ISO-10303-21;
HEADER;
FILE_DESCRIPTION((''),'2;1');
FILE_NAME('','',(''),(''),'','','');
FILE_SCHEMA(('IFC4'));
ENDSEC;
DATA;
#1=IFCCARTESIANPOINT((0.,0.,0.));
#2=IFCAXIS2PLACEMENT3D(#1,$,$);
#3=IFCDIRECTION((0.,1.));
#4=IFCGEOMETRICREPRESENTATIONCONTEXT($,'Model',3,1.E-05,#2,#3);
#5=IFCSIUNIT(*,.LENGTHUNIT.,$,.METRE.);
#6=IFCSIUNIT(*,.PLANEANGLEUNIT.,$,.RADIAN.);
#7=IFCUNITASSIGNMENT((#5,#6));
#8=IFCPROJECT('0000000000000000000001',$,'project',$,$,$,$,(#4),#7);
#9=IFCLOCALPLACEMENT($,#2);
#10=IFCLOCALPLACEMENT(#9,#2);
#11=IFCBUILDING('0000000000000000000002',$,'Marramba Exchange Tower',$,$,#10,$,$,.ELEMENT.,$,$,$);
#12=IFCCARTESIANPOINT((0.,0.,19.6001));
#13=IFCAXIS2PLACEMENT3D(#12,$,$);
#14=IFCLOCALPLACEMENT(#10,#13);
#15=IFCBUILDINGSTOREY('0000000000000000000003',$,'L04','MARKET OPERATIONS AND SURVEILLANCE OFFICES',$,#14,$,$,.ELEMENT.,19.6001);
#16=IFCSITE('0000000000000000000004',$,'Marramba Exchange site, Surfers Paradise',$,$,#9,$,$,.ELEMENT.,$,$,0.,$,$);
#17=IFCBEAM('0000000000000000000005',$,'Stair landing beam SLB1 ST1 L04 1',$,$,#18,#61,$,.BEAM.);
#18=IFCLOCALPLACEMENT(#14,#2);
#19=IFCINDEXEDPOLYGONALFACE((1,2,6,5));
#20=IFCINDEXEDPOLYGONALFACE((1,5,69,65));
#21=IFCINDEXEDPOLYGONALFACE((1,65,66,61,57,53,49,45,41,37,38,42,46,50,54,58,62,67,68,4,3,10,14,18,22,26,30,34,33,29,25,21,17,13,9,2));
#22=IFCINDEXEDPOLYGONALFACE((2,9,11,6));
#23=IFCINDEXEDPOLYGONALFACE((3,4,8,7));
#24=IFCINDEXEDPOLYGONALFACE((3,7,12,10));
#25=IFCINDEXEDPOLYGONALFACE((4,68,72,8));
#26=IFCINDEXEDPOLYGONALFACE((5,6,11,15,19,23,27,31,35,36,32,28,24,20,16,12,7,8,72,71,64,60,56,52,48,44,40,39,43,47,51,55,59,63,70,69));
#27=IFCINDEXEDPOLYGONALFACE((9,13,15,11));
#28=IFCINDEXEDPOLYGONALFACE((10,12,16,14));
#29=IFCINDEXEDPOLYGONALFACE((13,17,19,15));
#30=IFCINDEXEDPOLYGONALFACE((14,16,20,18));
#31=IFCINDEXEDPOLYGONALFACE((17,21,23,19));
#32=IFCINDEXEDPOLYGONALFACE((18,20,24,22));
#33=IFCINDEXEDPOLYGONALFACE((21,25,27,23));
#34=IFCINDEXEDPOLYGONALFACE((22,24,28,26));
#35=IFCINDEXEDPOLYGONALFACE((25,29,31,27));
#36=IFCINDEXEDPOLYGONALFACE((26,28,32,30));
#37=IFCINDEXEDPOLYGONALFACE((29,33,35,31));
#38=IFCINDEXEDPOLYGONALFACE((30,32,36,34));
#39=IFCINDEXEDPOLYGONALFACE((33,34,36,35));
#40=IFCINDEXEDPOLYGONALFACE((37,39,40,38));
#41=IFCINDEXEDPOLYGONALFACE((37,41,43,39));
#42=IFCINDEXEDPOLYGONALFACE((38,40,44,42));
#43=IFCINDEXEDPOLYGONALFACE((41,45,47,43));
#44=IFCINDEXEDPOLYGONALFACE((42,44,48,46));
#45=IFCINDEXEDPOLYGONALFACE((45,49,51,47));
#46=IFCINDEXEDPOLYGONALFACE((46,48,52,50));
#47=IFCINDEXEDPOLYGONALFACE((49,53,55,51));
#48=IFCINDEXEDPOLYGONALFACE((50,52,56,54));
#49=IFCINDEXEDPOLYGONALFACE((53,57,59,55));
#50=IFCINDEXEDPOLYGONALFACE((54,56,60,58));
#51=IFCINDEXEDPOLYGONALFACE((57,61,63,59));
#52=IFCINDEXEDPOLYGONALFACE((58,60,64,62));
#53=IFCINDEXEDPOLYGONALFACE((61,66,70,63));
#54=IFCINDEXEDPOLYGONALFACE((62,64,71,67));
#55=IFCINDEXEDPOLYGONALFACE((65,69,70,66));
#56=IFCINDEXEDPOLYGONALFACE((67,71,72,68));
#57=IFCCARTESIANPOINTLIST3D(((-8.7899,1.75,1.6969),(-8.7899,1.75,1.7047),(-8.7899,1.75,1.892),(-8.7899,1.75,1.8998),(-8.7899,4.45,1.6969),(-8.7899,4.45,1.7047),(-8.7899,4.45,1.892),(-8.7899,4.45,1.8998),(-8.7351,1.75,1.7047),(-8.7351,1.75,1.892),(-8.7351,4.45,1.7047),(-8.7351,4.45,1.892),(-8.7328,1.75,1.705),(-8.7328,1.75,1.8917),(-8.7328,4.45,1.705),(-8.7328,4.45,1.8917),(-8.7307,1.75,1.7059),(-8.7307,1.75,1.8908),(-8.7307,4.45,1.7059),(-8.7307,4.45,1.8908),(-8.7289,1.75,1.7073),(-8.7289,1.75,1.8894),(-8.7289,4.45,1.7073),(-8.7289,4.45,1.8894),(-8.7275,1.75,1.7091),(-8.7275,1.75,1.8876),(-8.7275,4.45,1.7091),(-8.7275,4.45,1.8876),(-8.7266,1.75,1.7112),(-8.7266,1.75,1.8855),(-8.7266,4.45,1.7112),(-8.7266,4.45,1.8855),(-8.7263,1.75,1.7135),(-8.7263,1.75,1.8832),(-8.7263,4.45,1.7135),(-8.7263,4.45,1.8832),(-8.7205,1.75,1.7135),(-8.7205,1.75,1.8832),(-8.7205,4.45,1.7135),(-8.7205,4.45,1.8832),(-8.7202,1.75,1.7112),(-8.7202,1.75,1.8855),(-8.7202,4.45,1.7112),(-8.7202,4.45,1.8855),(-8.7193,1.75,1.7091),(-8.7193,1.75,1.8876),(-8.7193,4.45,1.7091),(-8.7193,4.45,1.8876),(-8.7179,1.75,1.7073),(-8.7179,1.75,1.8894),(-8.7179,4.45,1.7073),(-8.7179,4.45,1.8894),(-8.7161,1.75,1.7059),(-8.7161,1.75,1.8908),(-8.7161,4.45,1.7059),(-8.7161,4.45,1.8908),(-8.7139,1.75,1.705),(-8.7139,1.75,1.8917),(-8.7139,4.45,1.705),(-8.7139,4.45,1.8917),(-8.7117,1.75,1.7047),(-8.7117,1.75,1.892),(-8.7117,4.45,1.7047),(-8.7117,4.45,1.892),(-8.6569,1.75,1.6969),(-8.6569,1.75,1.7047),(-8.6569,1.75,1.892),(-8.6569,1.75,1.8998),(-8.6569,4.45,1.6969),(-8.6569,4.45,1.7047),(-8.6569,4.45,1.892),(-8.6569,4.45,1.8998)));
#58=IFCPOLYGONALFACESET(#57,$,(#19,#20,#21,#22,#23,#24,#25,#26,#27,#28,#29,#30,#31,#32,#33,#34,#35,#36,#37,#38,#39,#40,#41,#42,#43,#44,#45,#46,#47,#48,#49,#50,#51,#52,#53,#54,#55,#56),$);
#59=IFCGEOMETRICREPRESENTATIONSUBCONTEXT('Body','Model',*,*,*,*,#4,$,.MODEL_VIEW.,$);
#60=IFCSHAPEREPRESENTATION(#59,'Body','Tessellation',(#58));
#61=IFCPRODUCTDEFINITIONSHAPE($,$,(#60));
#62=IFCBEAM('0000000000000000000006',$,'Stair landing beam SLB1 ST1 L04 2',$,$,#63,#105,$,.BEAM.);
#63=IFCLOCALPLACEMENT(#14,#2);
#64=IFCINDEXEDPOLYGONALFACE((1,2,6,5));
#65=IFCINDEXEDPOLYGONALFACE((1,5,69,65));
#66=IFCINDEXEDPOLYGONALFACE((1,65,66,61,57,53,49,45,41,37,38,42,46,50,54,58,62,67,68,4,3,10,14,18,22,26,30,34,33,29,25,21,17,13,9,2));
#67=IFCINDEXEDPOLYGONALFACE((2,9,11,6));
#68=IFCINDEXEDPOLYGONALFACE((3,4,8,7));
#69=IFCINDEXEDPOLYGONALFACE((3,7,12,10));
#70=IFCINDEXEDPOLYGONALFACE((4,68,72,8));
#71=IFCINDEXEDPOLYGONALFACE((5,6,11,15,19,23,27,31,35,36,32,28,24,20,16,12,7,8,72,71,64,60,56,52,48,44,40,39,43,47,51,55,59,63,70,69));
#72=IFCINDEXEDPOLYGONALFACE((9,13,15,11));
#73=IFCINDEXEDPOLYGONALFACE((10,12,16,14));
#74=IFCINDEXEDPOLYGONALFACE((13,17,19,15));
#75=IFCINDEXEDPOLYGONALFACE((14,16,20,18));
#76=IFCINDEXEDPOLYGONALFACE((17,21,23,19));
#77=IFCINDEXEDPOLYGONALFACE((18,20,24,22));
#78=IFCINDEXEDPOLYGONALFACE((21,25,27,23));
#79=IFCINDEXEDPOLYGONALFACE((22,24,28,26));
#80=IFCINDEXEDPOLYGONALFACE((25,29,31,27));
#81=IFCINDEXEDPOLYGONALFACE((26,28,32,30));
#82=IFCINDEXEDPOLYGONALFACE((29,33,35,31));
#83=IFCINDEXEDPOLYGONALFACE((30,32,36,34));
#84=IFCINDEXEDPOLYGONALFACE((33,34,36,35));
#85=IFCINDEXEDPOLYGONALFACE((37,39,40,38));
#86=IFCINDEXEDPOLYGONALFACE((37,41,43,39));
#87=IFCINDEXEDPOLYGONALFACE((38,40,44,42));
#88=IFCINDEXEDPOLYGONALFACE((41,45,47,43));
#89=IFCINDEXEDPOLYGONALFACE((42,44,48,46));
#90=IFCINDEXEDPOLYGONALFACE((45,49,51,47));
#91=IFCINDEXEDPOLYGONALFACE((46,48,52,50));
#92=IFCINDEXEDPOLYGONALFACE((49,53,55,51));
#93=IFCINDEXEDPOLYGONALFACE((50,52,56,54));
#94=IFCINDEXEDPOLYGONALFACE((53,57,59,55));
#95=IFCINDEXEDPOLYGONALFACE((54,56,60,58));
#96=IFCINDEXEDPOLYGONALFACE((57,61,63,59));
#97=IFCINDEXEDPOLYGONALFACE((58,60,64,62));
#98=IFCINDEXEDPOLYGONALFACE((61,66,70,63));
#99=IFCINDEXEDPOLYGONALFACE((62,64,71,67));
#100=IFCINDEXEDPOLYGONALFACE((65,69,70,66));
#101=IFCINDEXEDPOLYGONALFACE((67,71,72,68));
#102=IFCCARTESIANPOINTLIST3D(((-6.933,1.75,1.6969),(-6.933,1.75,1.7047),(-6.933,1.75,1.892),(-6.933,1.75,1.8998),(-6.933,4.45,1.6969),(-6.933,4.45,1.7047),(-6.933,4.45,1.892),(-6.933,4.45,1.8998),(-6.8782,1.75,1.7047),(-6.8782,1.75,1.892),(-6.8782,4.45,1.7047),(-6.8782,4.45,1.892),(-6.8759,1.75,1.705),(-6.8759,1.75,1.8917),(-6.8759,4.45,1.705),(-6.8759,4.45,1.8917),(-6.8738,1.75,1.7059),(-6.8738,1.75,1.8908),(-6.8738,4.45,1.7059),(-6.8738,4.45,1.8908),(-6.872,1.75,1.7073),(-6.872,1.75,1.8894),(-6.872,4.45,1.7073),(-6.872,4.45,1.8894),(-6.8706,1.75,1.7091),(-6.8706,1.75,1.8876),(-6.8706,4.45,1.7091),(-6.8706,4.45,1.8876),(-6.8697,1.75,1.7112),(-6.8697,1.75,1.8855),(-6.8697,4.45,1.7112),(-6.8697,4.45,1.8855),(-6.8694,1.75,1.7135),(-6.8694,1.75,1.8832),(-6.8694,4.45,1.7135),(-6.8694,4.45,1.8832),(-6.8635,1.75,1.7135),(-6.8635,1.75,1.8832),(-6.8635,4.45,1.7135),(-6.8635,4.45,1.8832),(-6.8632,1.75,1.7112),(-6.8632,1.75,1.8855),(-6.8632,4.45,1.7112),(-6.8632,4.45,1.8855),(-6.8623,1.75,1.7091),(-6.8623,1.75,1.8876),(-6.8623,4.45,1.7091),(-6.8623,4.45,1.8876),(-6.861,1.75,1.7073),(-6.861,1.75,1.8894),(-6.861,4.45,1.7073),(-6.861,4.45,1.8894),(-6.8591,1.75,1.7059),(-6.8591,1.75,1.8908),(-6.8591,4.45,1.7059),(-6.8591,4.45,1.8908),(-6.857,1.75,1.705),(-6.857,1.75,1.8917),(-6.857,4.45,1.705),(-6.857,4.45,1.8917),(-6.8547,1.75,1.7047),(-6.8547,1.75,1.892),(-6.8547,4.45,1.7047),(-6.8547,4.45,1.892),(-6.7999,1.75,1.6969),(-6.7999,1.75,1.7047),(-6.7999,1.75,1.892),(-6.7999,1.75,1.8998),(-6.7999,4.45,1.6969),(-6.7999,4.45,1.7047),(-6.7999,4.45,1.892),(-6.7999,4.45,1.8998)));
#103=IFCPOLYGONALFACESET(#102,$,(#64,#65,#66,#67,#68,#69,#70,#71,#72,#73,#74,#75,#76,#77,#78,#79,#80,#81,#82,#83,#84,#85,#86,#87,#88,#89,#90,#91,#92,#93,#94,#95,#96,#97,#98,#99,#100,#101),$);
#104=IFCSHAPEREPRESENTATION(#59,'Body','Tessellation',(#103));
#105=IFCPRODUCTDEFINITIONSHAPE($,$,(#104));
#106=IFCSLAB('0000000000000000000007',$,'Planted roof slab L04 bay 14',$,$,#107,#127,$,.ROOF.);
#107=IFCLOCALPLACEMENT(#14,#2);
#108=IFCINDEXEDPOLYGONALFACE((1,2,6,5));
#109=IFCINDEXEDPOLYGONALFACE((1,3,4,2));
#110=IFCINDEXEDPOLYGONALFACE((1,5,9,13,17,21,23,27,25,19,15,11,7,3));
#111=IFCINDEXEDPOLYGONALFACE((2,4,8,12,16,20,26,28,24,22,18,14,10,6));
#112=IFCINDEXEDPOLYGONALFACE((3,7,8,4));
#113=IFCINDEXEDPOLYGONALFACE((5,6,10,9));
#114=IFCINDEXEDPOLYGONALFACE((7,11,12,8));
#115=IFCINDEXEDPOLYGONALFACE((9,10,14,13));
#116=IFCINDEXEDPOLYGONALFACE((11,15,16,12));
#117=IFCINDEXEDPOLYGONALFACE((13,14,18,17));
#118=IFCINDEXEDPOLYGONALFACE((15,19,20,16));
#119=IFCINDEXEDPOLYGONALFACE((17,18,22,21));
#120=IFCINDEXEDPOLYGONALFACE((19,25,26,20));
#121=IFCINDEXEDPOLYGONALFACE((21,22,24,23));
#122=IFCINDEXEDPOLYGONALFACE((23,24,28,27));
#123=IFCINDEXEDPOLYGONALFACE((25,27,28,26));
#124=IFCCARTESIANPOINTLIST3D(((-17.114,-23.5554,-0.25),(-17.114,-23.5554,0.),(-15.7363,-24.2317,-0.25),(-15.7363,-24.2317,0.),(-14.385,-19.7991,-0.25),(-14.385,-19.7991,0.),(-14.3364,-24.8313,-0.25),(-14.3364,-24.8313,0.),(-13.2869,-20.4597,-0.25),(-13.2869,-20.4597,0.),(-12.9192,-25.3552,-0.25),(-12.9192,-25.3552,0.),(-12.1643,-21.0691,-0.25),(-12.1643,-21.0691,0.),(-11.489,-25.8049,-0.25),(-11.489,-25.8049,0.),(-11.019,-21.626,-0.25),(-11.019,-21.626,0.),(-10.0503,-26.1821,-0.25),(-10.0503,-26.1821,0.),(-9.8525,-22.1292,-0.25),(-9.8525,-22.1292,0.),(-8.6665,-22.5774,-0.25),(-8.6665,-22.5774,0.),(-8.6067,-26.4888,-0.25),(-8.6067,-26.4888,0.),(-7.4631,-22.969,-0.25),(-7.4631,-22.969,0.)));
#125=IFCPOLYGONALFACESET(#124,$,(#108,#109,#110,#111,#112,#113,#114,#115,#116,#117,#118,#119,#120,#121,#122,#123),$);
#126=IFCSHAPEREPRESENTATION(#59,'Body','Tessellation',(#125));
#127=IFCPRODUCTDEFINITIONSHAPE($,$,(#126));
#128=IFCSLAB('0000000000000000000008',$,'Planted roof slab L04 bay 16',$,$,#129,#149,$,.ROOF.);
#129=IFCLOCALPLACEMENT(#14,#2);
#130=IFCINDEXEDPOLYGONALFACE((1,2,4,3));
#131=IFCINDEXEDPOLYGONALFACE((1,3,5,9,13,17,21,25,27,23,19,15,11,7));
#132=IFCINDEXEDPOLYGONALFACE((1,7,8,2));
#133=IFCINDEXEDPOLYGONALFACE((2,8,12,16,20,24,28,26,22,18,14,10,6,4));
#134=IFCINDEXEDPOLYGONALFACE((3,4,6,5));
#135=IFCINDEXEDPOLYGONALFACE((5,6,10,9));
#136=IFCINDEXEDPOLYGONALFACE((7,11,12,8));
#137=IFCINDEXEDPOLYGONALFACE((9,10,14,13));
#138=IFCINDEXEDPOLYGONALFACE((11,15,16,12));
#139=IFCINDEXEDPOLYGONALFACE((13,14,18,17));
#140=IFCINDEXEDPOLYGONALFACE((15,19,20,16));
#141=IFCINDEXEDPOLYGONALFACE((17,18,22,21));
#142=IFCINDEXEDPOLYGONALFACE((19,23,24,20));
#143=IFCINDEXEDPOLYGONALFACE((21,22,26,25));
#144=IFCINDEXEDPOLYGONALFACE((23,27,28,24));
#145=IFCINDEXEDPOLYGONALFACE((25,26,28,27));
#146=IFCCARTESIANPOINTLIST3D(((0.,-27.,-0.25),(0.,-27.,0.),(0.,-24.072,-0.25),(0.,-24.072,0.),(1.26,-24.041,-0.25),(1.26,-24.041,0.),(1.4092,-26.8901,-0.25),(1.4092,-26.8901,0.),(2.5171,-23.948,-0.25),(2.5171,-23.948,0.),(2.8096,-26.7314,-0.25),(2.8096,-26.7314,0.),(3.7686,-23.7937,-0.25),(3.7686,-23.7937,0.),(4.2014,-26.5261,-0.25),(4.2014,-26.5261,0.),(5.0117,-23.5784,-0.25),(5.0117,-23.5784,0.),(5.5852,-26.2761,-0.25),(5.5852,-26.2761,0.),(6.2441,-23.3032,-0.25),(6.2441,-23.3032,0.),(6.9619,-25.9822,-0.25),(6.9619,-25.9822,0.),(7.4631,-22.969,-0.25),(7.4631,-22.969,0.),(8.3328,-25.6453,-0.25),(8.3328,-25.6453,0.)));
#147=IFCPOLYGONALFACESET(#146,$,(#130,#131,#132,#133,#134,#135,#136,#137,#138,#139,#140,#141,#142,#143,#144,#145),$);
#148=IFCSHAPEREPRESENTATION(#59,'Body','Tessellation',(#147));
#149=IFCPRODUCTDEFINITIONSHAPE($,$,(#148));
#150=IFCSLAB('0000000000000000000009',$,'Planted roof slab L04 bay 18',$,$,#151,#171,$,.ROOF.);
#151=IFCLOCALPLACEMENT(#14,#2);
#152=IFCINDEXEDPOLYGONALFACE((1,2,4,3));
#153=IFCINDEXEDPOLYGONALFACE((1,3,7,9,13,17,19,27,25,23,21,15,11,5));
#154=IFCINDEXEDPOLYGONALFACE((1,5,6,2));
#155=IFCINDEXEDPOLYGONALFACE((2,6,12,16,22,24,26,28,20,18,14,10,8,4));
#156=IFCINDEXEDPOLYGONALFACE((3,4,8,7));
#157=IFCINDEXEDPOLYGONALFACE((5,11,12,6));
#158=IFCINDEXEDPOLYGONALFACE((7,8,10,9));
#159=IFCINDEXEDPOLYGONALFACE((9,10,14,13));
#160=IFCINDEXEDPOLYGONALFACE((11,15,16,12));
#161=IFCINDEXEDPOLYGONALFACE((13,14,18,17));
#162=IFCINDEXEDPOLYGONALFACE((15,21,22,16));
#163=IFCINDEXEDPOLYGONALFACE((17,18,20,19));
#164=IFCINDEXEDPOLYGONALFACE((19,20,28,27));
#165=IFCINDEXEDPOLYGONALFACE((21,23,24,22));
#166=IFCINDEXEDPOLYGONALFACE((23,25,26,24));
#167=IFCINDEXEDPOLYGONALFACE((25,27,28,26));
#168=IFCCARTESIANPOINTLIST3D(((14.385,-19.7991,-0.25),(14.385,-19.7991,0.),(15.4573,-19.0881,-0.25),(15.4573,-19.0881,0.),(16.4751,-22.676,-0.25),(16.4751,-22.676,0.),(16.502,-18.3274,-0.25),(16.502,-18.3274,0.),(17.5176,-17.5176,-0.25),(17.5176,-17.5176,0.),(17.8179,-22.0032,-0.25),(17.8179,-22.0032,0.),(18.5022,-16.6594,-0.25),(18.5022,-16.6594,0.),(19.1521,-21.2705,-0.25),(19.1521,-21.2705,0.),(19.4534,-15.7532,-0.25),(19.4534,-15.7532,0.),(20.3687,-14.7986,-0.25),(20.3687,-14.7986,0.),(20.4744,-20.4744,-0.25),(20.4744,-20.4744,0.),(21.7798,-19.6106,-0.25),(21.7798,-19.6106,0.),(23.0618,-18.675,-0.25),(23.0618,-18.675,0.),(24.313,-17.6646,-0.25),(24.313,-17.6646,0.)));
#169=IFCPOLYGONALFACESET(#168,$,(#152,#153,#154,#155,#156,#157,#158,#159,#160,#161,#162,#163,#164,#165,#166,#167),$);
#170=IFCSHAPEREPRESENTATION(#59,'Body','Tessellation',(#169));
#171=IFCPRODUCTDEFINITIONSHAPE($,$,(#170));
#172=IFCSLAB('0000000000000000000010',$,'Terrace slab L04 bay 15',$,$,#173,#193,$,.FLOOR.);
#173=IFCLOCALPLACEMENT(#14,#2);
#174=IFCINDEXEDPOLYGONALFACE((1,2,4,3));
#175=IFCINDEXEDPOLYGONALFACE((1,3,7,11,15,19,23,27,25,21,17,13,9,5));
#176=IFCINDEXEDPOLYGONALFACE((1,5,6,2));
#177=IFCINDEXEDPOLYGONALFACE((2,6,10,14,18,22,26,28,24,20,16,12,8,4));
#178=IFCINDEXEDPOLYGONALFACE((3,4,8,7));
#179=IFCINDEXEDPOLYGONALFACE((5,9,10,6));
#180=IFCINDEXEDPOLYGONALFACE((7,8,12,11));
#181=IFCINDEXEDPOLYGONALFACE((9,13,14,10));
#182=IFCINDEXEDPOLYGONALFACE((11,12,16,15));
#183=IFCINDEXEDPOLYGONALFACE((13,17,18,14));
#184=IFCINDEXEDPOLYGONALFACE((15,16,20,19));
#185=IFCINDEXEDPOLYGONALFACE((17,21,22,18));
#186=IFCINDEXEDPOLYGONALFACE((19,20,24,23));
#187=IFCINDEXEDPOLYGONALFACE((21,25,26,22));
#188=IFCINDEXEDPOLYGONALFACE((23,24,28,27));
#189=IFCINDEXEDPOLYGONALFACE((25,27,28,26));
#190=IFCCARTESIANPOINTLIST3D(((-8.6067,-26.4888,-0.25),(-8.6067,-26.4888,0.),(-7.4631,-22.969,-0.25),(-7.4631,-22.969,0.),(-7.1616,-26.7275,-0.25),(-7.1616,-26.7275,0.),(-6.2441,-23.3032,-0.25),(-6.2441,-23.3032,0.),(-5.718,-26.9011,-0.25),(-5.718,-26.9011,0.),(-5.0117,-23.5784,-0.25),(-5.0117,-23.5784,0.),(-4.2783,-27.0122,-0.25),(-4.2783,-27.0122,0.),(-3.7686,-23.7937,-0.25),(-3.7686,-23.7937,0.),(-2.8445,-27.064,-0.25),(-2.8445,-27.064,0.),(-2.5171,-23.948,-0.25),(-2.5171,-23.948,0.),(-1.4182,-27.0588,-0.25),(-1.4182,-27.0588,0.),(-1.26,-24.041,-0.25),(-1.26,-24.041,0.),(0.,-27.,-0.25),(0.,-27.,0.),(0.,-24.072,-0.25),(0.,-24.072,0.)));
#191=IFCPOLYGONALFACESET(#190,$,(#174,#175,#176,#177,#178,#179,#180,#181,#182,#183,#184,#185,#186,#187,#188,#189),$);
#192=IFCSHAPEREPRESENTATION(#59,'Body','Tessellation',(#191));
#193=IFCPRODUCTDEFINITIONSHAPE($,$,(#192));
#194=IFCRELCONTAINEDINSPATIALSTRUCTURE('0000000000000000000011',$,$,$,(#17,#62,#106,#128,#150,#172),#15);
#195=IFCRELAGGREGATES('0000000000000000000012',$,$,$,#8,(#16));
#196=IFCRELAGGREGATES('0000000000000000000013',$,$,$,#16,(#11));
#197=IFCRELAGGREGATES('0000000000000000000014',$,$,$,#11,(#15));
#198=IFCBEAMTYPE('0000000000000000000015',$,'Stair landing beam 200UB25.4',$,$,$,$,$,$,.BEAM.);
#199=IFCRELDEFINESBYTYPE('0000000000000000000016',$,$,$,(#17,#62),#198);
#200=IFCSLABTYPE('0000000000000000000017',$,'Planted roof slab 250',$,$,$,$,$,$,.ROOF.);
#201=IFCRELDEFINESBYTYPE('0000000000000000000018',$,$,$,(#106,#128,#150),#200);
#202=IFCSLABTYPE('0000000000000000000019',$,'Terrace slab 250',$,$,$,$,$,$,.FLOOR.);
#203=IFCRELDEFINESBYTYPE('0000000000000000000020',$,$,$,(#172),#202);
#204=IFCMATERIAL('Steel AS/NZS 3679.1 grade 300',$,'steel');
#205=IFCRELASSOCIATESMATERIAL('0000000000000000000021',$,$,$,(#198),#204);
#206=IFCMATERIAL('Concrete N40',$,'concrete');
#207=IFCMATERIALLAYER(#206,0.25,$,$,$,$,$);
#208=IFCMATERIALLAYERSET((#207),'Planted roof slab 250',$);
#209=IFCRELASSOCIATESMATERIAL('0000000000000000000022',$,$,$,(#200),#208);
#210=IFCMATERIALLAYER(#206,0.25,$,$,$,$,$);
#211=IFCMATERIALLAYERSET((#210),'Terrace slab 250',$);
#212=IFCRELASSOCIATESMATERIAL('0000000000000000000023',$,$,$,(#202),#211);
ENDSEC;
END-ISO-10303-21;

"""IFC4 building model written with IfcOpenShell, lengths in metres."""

from ifc_helpers import new_model, si_unit, direction, frame, origin, origin_2d, place, context, subcontext, project, spatial, polyline, i_section, outline, extrude, material, layer, layer_set, material_profile, profile_set, type_object, element, save


model = new_model("IFC4")

# Units and contexts
model_context = context("Model", 3, precision=1e-05, world=origin(), true_north=direction((0.0, 1.0)))
body_context = subcontext(model_context, "Body", "Model", "MODEL_VIEW")
ifc_project = project(units=[si_unit("LENGTHUNIT", "METRE"), si_unit("PLANEANGLEUNIT", "RADIAN")], contexts=[model_context])

# Site, building, storey
site_placement = place(None, origin())
site = spatial("IfcSite", under=ifc_project, at=site_placement, Name="Marramba Exchange site, Surfers Paradise", CompositionType="ELEMENT", RefElevation=0.0)
building_placement = place(site_placement, origin())
building = spatial("IfcBuilding", under=site, at=building_placement, Name="Marramba Exchange Tower", CompositionType="ELEMENT")
storey_placement = place(building_placement, frame((0.0, 0.0, 19.6001)))
storey = spatial("IfcBuildingStorey", under=building, at=storey_placement, Name="L04", Description="MARKET OPERATIONS AND SURVEILLANCE OFFICES", CompositionType="ELEMENT", Elevation=19.6001)

# Beams
ifc_material_1 = material(Name="Steel AS/NZS 3679.1 grade 300", Category="steel")
ifc_material_profile_1 = material_profile(ifc_material_1, i_section(OverallWidth=0.1331, OverallDepth=0.2029, WebThickness=0.0059, FlangeThickness=0.0078, FilletRadius=0.0088, at=origin_2d()), Name="200UB25.4")
ifc_profile_set_1 = profile_set([ifc_material_profile_1], Name="Steel AS/NZS 3679.1 grade 300")
beam_type_1 = type_object("IfcBeamType", Name="Stair landing beam 200UB25.4", PredefinedType="BEAM", material=ifc_profile_set_1)
for number, where, z_axis, x_axis, name in (
    (1, (-8.7234, 1.75, 1.7983), (0.0, 1.0, 0.0), (-1.0, 0.0, 0.0), "Stair landing beam SLB1 ST1 L04 1"),
    (2, (-6.8665, 1.75, 1.7983), (0.0, 1.0, 0.0), (-1.0, 0.0, 0.0), "Stair landing beam SLB1 ST1 L04 2"),
):
    element("IfcBeam", number, at=place(storey_placement, frame(where, z_axis=z_axis, x_axis=x_axis)), inside=storey, type_object=beam_type_1, Name=name, PredefinedType="BEAM", context=body_context, shape_type="SweptSolid", body=[
        extrude(i_section(OverallWidth=0.1331, OverallDepth=0.2029, WebThickness=0.0059, FlangeThickness=0.0078, FilletRadius=0.0088, at=origin_2d()), origin(), (0.0, 0.0, 1.0), 2.7),
    ])

# Slabs
ifc_material_2 = material(Name="Concrete N40", Category="concrete")
ifc_layer_1 = layer(ifc_material_2, 0.25)
ifc_layer_set_1 = layer_set([ifc_layer_1], Name="Planted roof slab 250")
slab_type_1 = type_object("IfcSlabType", Name="Planted roof slab 250", PredefinedType="ROOF", material=ifc_layer_set_1)
slab_1_placement = place(storey_placement, frame((0.0, 0.0, -0.25)))
element("IfcSlab", 3, at=slab_1_placement, inside=storey, type_object=slab_type_1, Name="Planted roof slab L04 bay 14", PredefinedType="ROOF", context=body_context, shape_type="SweptSolid", body=[
    extrude(outline(polyline([(-8.6067, -26.4888), (-10.0503, -26.1821), (-11.489, -25.8049), (-12.9192, -25.3552), (-14.3364, -24.8313), (-15.7363, -24.2317), (-17.114, -23.5554), (-14.385, -19.7991), (-13.2869, -20.4597), (-12.1643, -21.0691), (-11.019, -21.626), (-9.8525, -22.1292), (-8.6665, -22.5774), (-7.4631, -22.969), (-8.6067, -26.4888)])), origin(), (0.0, 0.0, 1.0), 0.25),
])
slab_2_placement = place(storey_placement, frame((0.0, 0.0, -0.25)))
element("IfcSlab", 4, at=slab_2_placement, inside=storey, type_object=slab_type_1, Name="Planted roof slab L04 bay 16", PredefinedType="ROOF", context=body_context, shape_type="SweptSolid", body=[
    extrude(outline(polyline([(6.9619, -25.9822), (5.5852, -26.2761), (4.2014, -26.5261), (2.8096, -26.7314), (1.4092, -26.8901), (0.0, -27.0), (0.0, -24.072), (1.26, -24.041), (2.5171, -23.948), (3.7686, -23.7937), (5.0117, -23.5784), (6.2441, -23.3032), (7.4631, -22.969), (8.3328, -25.6453), (6.9619, -25.9822)])), origin(), (0.0, 0.0, 1.0), 0.25),
])
slab_3_placement = place(storey_placement, frame((0.0, 0.0, -0.25)))
element("IfcSlab", 5, at=slab_3_placement, inside=storey, type_object=slab_type_1, Name="Planted roof slab L04 bay 18", PredefinedType="ROOF", context=body_context, shape_type="SweptSolid", body=[
    extrude(outline(polyline([(23.0618, -18.675), (21.7798, -19.6106), (20.4744, -20.4744), (19.1521, -21.2705), (17.8179, -22.0032), (16.4751, -22.676), (14.385, -19.7991), (15.4573, -19.0881), (16.502, -18.3274), (17.5176, -17.5176), (18.5022, -16.6594), (19.4534, -15.7532), (20.3687, -14.7986), (24.313, -17.6646), (23.0618, -18.675)])), origin(), (0.0, 0.0, 1.0), 0.25),
])
ifc_layer_2 = layer(ifc_material_2, 0.25)
ifc_layer_set_2 = layer_set([ifc_layer_2], Name="Terrace slab 250")
slab_type_2 = type_object("IfcSlabType", Name="Terrace slab 250", PredefinedType="FLOOR", material=ifc_layer_set_2)
slab_4_placement = place(storey_placement, frame((0.0, 0.0, -0.25)))
element("IfcSlab", 6, at=slab_4_placement, inside=storey, type_object=slab_type_2, Name="Terrace slab L04 bay 15", PredefinedType="FLOOR", context=body_context, shape_type="SweptSolid", body=[
    extrude(outline(polyline([(-1.4182, -27.0588), (-2.8445, -27.064), (-4.2783, -27.0122), (-5.718, -26.9011), (-7.1616, -26.7275), (-8.6067, -26.4888), (-7.4631, -22.969), (-6.2441, -23.3032), (-5.0117, -23.5784), (-3.7686, -23.7937), (-2.5171, -23.948), (-1.26, -24.041), (0.0, -24.072), (0.0, -27.0), (-1.4182, -27.0588)])), origin(), (0.0, 0.0, 1.0), 0.25),
])

save(model, "model.ifc")
